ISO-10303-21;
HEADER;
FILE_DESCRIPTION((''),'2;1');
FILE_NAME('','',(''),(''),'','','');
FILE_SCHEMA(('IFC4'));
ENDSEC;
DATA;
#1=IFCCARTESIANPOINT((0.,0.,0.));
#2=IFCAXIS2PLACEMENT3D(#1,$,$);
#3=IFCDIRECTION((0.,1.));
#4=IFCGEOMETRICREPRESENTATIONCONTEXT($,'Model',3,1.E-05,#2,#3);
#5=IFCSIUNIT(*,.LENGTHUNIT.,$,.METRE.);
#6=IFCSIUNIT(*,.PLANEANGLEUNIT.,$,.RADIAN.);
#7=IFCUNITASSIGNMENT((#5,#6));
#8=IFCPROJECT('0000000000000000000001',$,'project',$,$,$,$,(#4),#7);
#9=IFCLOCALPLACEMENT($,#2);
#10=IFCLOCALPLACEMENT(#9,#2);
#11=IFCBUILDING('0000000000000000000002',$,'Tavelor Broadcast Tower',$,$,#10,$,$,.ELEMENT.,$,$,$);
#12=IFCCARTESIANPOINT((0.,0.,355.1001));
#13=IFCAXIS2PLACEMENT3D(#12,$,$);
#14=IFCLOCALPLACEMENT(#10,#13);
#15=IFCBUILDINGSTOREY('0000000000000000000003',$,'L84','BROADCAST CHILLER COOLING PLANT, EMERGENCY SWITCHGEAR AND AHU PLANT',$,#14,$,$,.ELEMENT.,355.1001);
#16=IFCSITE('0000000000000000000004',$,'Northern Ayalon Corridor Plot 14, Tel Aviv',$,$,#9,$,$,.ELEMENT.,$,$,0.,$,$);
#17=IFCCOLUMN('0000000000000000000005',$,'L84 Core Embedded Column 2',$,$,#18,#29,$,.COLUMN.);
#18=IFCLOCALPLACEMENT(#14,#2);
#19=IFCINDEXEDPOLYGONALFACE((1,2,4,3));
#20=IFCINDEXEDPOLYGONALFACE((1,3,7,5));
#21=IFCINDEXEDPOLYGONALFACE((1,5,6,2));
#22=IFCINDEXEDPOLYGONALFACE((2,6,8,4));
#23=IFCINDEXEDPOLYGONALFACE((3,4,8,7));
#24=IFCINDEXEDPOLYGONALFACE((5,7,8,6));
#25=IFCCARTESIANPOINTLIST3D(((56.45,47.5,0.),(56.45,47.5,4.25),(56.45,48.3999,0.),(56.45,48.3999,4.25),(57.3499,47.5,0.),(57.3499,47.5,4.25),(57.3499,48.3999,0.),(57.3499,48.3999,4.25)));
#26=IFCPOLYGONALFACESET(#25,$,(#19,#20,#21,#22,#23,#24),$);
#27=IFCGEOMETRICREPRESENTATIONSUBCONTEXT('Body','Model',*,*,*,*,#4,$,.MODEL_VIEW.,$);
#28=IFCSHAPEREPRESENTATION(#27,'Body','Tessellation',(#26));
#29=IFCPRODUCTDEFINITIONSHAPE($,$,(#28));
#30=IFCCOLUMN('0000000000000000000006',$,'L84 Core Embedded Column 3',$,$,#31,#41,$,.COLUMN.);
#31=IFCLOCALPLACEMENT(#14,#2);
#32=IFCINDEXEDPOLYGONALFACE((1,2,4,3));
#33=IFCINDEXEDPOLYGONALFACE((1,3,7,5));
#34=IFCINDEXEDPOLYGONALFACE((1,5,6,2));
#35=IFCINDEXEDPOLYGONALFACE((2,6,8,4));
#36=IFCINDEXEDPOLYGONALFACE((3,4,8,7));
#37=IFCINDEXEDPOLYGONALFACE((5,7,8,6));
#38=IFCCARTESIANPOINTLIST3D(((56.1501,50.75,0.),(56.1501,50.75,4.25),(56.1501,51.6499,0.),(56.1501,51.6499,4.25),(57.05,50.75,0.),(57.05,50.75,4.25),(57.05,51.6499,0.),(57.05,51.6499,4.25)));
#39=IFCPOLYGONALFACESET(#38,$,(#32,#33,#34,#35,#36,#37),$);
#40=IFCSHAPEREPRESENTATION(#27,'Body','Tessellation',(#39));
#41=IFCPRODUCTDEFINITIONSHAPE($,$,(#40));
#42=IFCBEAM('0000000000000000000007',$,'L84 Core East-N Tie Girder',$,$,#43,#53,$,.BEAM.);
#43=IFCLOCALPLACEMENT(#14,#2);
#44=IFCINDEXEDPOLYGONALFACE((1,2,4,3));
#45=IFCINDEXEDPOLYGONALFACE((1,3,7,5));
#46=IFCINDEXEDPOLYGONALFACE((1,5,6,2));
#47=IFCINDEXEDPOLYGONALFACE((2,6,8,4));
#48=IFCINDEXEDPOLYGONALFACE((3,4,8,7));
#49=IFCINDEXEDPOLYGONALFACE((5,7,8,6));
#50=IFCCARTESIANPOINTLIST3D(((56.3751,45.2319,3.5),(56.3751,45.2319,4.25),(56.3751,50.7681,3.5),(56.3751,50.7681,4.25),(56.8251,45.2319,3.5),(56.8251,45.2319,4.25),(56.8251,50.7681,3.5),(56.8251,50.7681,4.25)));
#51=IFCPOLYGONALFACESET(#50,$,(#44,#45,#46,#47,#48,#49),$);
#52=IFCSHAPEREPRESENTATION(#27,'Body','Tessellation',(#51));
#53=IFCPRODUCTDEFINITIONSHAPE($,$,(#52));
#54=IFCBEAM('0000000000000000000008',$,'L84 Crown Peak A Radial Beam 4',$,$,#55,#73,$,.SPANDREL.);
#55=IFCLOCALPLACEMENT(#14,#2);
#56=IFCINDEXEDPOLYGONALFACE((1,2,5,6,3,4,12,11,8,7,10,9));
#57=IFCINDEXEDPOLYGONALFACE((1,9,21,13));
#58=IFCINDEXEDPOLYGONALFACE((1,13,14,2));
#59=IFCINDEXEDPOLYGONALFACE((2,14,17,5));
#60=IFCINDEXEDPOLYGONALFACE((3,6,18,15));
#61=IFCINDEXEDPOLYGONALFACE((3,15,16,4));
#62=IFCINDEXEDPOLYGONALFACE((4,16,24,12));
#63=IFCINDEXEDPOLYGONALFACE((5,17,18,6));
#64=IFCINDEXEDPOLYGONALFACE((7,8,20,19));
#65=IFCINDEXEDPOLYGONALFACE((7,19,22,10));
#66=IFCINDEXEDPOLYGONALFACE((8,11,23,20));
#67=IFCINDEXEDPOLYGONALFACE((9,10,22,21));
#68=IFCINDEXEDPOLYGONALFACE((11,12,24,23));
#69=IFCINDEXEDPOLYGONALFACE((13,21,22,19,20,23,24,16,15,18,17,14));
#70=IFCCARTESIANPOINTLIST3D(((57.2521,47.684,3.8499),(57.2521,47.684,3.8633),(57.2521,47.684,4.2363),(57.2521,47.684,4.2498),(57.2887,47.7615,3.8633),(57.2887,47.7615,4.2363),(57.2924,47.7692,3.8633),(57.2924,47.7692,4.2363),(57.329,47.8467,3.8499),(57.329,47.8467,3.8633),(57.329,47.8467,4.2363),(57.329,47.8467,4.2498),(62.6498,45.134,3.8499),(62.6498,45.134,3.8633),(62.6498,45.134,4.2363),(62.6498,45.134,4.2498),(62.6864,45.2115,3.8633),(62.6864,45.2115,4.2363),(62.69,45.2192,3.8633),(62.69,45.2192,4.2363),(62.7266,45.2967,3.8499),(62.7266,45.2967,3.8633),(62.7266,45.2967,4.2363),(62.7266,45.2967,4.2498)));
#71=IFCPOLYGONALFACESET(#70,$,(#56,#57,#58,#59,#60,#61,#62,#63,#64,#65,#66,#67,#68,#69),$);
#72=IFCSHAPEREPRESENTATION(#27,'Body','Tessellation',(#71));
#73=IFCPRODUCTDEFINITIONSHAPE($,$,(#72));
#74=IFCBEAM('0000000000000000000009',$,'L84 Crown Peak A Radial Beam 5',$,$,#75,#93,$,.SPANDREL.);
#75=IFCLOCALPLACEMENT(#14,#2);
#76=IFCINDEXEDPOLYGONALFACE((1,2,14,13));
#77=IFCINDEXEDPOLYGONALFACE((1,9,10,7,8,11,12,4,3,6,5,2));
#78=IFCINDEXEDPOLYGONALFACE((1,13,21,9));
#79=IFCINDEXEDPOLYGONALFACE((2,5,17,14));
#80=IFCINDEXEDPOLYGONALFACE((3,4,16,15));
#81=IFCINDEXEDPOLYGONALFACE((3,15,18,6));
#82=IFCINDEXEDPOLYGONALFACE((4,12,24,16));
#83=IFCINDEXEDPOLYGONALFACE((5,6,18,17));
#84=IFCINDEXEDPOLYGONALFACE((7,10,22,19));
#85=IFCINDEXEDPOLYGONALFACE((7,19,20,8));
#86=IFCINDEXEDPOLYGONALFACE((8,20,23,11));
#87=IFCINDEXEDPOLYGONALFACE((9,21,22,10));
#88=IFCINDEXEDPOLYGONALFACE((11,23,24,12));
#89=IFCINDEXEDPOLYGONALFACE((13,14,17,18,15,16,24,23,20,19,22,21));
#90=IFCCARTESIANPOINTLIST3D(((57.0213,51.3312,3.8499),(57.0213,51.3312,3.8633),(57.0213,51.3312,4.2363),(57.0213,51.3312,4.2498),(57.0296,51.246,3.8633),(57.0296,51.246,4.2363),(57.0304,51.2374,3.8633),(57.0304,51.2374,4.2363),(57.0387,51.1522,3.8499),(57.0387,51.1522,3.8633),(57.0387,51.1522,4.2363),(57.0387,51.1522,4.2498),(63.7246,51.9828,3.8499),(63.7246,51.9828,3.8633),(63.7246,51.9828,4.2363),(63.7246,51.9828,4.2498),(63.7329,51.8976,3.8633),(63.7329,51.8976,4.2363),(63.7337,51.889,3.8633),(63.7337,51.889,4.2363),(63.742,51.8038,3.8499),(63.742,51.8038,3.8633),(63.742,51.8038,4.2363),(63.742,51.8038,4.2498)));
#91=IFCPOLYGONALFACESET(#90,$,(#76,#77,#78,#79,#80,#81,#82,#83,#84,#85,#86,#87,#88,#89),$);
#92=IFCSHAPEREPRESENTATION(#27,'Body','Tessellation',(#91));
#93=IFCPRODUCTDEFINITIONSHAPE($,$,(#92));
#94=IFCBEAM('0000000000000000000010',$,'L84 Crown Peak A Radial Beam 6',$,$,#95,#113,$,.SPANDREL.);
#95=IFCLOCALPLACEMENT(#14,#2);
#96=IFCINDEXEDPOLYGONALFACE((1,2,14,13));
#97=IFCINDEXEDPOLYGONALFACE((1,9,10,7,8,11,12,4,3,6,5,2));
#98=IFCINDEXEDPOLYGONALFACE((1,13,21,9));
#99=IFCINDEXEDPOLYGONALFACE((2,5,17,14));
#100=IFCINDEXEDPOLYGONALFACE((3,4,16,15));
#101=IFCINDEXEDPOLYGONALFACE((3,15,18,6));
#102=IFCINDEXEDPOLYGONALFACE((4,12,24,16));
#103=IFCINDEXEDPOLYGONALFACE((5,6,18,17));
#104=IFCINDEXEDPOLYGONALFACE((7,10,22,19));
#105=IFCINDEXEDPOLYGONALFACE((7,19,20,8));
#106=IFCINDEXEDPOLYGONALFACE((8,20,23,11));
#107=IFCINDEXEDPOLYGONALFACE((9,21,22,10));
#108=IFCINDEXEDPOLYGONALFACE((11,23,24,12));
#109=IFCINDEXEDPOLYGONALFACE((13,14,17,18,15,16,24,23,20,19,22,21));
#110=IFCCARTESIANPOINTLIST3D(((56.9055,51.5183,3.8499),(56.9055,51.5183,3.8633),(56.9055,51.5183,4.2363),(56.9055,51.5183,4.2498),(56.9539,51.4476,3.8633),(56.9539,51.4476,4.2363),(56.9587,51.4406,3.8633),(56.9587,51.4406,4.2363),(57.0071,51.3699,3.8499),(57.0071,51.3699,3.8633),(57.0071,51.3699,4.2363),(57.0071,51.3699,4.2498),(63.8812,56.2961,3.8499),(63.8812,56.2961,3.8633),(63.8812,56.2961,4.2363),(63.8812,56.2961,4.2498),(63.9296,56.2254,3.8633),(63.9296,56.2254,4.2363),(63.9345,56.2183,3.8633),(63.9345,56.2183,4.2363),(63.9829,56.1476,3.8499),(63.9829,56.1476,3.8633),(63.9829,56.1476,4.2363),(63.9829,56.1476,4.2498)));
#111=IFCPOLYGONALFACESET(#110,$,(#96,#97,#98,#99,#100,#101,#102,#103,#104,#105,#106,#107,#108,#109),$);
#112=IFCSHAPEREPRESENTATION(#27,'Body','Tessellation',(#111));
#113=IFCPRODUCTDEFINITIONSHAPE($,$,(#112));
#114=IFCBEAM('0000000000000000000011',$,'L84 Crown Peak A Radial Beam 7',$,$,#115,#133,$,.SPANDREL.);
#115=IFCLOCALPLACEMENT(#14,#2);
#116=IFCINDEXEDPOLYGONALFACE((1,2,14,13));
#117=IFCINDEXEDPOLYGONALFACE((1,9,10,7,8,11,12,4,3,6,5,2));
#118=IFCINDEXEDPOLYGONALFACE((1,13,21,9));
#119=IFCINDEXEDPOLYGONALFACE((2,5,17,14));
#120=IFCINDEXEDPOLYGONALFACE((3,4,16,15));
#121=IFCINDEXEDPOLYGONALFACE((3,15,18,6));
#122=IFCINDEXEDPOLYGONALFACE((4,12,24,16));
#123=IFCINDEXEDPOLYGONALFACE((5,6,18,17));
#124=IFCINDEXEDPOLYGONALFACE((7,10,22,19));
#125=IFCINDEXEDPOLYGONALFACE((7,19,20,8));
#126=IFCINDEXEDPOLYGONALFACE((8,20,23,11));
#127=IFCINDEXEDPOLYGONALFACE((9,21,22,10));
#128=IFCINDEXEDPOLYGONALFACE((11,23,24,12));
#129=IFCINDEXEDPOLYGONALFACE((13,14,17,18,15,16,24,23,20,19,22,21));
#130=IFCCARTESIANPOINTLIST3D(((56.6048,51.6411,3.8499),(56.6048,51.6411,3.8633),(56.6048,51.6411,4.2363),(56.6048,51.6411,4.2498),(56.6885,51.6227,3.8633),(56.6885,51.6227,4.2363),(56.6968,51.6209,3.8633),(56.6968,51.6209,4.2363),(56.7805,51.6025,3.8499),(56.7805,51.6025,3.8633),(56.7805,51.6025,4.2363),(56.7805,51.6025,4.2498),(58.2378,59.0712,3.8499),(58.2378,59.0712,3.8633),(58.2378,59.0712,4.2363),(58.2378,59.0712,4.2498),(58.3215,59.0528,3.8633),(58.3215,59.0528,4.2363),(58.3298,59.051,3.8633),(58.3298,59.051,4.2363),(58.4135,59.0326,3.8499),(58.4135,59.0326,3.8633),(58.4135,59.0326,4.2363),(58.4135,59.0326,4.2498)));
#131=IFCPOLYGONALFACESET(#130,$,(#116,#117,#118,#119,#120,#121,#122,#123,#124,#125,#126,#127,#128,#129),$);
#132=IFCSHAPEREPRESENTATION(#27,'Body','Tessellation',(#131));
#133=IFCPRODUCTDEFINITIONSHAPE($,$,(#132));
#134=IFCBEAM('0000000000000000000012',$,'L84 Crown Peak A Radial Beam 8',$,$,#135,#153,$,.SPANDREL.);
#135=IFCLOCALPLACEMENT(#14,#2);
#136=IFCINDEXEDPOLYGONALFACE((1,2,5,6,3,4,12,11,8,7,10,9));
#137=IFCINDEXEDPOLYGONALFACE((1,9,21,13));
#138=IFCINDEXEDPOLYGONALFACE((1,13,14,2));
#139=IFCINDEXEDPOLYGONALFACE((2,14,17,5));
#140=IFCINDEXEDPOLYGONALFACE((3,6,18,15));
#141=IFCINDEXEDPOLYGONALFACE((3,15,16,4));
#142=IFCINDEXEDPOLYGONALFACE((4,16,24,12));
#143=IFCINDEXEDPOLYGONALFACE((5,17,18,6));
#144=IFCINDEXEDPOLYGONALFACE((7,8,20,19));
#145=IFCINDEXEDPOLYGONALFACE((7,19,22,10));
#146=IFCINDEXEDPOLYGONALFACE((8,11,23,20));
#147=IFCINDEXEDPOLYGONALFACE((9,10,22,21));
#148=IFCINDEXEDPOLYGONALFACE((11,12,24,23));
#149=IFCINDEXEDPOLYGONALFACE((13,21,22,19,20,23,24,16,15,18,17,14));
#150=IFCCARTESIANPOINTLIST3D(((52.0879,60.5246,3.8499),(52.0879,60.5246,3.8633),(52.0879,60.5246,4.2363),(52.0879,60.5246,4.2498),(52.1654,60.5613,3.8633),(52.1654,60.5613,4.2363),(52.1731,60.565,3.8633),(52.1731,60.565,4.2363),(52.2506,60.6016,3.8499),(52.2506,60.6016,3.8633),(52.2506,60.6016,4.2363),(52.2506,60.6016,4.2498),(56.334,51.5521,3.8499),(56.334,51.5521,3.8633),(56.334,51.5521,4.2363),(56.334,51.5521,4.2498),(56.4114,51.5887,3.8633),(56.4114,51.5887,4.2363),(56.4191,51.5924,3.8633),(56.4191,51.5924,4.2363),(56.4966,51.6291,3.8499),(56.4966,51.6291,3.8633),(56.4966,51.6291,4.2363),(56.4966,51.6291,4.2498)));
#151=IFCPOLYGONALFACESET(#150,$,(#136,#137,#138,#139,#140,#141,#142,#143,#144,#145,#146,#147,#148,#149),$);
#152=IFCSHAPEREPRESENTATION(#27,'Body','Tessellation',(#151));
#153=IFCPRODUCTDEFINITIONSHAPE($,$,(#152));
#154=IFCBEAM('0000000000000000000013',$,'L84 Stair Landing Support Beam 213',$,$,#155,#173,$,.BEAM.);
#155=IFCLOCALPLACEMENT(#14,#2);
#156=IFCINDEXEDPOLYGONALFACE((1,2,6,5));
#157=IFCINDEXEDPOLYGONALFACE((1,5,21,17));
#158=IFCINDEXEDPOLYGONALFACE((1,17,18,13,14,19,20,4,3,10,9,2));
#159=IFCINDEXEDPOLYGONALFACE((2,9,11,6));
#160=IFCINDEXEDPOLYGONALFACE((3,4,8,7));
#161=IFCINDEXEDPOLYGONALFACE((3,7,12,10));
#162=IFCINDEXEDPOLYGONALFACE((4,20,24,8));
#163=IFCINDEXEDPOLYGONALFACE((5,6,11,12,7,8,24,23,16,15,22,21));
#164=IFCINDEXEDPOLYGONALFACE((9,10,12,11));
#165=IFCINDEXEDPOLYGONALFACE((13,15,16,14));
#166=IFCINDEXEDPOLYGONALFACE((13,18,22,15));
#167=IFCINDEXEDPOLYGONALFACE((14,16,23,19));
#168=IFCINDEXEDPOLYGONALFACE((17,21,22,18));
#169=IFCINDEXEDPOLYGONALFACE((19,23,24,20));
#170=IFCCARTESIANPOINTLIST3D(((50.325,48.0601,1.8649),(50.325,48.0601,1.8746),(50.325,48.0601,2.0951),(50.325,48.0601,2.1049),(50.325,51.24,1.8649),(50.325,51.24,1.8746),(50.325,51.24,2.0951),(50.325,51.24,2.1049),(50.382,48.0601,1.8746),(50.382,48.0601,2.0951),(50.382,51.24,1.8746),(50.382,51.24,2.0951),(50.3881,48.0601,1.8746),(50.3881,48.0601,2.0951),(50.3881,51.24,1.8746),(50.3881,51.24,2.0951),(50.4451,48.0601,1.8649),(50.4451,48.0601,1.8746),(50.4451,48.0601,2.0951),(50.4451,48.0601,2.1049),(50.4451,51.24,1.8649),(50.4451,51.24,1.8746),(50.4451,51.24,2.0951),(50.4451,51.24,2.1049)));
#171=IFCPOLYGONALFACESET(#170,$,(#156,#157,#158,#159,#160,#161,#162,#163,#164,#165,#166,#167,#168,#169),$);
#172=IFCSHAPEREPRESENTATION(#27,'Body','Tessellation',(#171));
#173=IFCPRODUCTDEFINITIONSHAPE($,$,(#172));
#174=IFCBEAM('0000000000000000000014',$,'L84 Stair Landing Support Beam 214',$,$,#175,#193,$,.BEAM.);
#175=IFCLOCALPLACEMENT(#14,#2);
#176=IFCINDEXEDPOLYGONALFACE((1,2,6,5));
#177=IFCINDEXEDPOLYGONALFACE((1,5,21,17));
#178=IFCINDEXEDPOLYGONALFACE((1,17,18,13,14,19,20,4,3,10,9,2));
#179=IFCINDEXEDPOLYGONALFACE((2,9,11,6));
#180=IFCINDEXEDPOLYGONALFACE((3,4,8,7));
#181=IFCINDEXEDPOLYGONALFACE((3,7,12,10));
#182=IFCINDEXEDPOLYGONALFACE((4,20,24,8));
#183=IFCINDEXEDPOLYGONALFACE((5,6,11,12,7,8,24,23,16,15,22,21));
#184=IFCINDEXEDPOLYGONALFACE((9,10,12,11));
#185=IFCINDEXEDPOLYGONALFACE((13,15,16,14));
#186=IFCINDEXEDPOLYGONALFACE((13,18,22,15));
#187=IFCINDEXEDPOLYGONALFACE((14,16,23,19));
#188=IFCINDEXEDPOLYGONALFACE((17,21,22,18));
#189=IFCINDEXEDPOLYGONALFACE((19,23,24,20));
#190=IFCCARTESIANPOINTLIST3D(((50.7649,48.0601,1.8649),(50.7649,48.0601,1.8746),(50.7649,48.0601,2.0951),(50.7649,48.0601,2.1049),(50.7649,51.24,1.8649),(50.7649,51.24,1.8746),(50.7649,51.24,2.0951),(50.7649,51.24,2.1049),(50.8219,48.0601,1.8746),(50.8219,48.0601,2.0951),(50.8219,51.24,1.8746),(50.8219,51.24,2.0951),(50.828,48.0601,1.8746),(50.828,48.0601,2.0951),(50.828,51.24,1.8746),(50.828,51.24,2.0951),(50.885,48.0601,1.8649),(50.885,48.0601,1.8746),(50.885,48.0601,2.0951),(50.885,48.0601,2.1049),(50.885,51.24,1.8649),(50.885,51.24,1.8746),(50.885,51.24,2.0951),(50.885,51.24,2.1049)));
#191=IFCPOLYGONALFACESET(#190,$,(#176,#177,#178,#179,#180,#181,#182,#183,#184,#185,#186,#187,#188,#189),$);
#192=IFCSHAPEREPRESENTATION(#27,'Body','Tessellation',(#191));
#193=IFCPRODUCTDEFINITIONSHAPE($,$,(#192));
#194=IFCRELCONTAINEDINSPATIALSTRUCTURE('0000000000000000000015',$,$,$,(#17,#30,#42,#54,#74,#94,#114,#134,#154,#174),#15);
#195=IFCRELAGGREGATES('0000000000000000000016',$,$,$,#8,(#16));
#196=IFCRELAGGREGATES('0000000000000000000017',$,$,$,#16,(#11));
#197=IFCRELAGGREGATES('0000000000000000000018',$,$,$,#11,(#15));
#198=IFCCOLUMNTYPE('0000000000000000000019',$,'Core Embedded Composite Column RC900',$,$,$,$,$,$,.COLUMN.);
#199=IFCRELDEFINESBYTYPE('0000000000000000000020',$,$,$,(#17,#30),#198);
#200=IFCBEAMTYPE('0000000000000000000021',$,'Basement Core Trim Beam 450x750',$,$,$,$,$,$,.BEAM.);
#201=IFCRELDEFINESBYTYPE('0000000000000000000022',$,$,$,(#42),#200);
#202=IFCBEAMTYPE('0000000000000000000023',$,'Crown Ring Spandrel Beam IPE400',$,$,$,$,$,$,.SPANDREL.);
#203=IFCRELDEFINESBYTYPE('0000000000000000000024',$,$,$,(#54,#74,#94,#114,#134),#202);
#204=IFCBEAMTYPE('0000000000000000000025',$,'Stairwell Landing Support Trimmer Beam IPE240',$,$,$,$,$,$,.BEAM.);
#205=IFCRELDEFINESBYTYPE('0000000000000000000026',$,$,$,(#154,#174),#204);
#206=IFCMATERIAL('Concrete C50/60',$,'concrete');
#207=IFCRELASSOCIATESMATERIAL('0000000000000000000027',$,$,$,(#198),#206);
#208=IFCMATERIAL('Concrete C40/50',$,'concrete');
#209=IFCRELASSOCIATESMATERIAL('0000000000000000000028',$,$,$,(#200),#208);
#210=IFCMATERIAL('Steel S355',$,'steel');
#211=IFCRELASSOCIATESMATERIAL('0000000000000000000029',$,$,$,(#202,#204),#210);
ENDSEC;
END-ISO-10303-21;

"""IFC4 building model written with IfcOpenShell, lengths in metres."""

from ifc_helpers import new_model, si_unit, direction, frame, origin, origin_2d, place, context, subcontext, project, spatial, rectangle, i_section, extrude, material, material_profile, profile_set, type_object, element, save


model = new_model("IFC4")

# Units and contexts
model_context = context("Model", 3, precision=1e-05, world=origin(), true_north=direction((0.0, 1.0)))
body_context = subcontext(model_context, "Body", "Model", "MODEL_VIEW")
ifc_project = project(units=[si_unit("LENGTHUNIT", "METRE"), si_unit("PLANEANGLEUNIT", "RADIAN")], contexts=[model_context])

# Site, building, storey
site_placement = place(None, origin())
site = spatial("IfcSite", under=ifc_project, at=site_placement, Name="Northern Ayalon Corridor Plot 14, Tel Aviv", CompositionType="ELEMENT", RefElevation=0.0)
building_placement = place(site_placement, origin())
building = spatial("IfcBuilding", under=site, at=building_placement, Name="Tavelor Broadcast Tower", CompositionType="ELEMENT")
storey_placement = place(building_placement, frame((0.0, 0.0, 355.1001)))
storey = spatial("IfcBuildingStorey", under=building, at=storey_placement, Name="L84", Description="BROADCAST CHILLER COOLING PLANT, EMERGENCY SWITCHGEAR AND AHU PLANT", CompositionType="ELEMENT", Elevation=355.1001)

# Columns
ifc_material_1 = material(Name="Concrete C50/60", Category="concrete")
ifc_material_profile_1 = material_profile(ifc_material_1, rectangle(XDim=0.8999, YDim=0.8999, at=origin_2d()), Name="RC 900x900")
ifc_profile_set_1 = profile_set([ifc_material_profile_1], Name="Concrete C50/60")
column_type = type_object("IfcColumnType", Name="Core Embedded Composite Column RC900", PredefinedType="COLUMN", material=ifc_profile_set_1)
for number, where, z_axis, x_axis, name in (
    (1, (56.8999, 47.95, 0.0), (0.0, 0.0, 1.0), (1.0, 0.0, 0.0), "L84 Core Embedded Column 2"),
    (2, (56.6001, 51.2, 0.0), (0.0, 0.0, 1.0), (1.0, 0.0, 0.0), "L84 Core Embedded Column 3"),
):
    element("IfcColumn", number, at=place(storey_placement, frame(where, z_axis=z_axis, x_axis=x_axis)), inside=storey, type_object=column_type, Name=name, PredefinedType="COLUMN", context=body_context, shape_type="SweptSolid", body=[
        extrude(rectangle(XDim=0.8999, YDim=0.8999, at=origin_2d()), origin(), (0.0, 0.0, 1.0), 4.25),
    ])

# Beams
ifc_material_2 = material(Name="Concrete C40/50", Category="concrete")
ifc_material_profile_2 = material_profile(ifc_material_2, rectangle(XDim=0.45, YDim=0.75, at=origin_2d()), Name="RC 450x750")
ifc_profile_set_2 = profile_set([ifc_material_profile_2], Name="Concrete C40/50")
beam_type_1 = type_object("IfcBeamType", Name="Basement Core Trim Beam 450x750", PredefinedType="BEAM", material=ifc_profile_set_2)
beam_1_placement = place(storey_placement, frame((56.6001, 45.2319, 3.875), z_axis=(0.0, 1.0, 0.0), x_axis=(-1.0, 0.0, 0.0)))
element("IfcBeam", 3, at=beam_1_placement, inside=storey, type_object=beam_type_1, Name="L84 Core East-N Tie Girder", PredefinedType="BEAM", context=body_context, shape_type="SweptSolid", body=[
    extrude(rectangle(XDim=0.45, YDim=0.75, at=origin_2d()), origin(), (0.0, 0.0, 1.0), 5.5361),
])
ifc_material_3 = material(Name="Steel S355", Category="steel")
ifc_material_profile_3 = material_profile(ifc_material_3, i_section(OverallWidth=0.1799, OverallDepth=0.3999, WebThickness=0.0085, FlangeThickness=0.0134, at=origin_2d()), Name="IPE 400")
ifc_profile_set_3 = profile_set([ifc_material_profile_3], Name="Steel S355")
beam_type_2 = type_object("IfcBeamType", Name="Crown Ring Spandrel Beam IPE400", PredefinedType="SPANDREL", material=ifc_profile_set_3)
beam_2_placement = place(storey_placement, frame((57.2905, 47.7654, 4.0498), z_axis=(0.904175, -0.427161, 0.0), x_axis=(0.427161, 0.904175, 0.0)))
element("IfcBeam", 4, at=beam_2_placement, inside=storey, type_object=beam_type_2, Name="L84 Crown Peak A Radial Beam 4", PredefinedType="SPANDREL", context=body_context, shape_type="SweptSolid", body=[
    extrude(i_section(OverallWidth=0.1799, OverallDepth=0.3999, WebThickness=0.0085, FlangeThickness=0.0134, at=origin_2d()), origin(), (0.0, 0.0, 1.0), 5.9697),
])
beam_3_placement = place(storey_placement, frame((57.03, 51.2417, 4.0498), z_axis=(0.995309, 0.096751, 0.0), x_axis=(-0.096751, 0.995309, 0.0)))
element("IfcBeam", 5, at=beam_3_placement, inside=storey, type_object=beam_type_2, Name="L84 Crown Peak A Radial Beam 5", PredefinedType="SPANDREL", context=body_context, shape_type="SweptSolid", body=[
    extrude(i_section(OverallWidth=0.1799, OverallDepth=0.3999, WebThickness=0.0085, FlangeThickness=0.0134, at=origin_2d()), origin(), (0.0, 0.0, 1.0), 6.7349),
])
beam_4_placement = place(storey_placement, frame((56.9563, 51.4441, 4.0498), z_axis=(0.825037, 0.565078, 0.0), x_axis=(-0.565078, 0.825037, 0.0)))
element("IfcBeam", 6, at=beam_4_placement, inside=storey, type_object=beam_type_2, Name="L84 Crown Peak A Radial Beam 6", PredefinedType="SPANDREL", context=body_context, shape_type="SweptSolid", body=[
    extrude(i_section(OverallWidth=0.1799, OverallDepth=0.3999, WebThickness=0.0085, FlangeThickness=0.0134, at=origin_2d()), origin(), (0.0, 0.0, 1.0), 8.4551),
])
beam_5_placement = place(storey_placement, frame((56.6926, 51.6218, 4.0498), z_axis=(0.214663, 0.976688, 0.0), x_axis=(-0.976688, 0.214663, 0.0)))
element("IfcBeam", 7, at=beam_5_placement, inside=storey, type_object=beam_type_2, Name="L84 Crown Peak A Radial Beam 7", PredefinedType="SPANDREL", context=body_context, shape_type="SweptSolid", body=[
    extrude(i_section(OverallWidth=0.1799, OverallDepth=0.3999, WebThickness=0.0085, FlangeThickness=0.0134, at=origin_2d()), origin(), (0.0, 0.0, 1.0), 7.6074),
])
beam_6_placement = place(storey_placement, frame((56.4153, 51.5906, 4.0498), z_axis=(-0.427748, 0.903898, 0.0), x_axis=(-0.903898, -0.427748, 0.0)))
element("IfcBeam", 8, at=beam_6_placement, inside=storey, type_object=beam_type_2, Name="L84 Crown Peak A Radial Beam 8", PredefinedType="SPANDREL", context=body_context, shape_type="SweptSolid", body=[
    extrude(i_section(OverallWidth=0.1799, OverallDepth=0.3999, WebThickness=0.0085, FlangeThickness=0.0134, at=origin_2d()), origin(), (0.0, 0.0, 1.0), 9.9265),
])
ifc_material_profile_4 = material_profile(ifc_material_3, i_section(OverallWidth=0.1201, OverallDepth=0.24, WebThickness=0.0061, FlangeThickness=0.0098, at=origin_2d()), Name="IPE 240")
ifc_profile_set_4 = profile_set([ifc_material_profile_4], Name="Steel S355")
beam_type_3 = type_object("IfcBeamType", Name="Stairwell Landing Support Trimmer Beam IPE240", PredefinedType="BEAM", material=ifc_profile_set_4)
for number, where, z_axis, x_axis, name in (
    (9, (50.385, 48.0601, 1.9849), (0.0, 1.0, 0.0), (-1.0, 0.0, 0.0), "L84 Stair Landing Support Beam 213"),
    (10, (50.825, 48.0601, 1.9849), (0.0, 1.0, 0.0), (-1.0, 0.0, 0.0), "L84 Stair Landing Support Beam 214"),
):
    element("IfcBeam", number, at=place(storey_placement, frame(where, z_axis=z_axis, x_axis=x_axis)), inside=storey, type_object=beam_type_3, Name=name, PredefinedType="BEAM", context=body_context, shape_type="SweptSolid", body=[
        extrude(i_section(OverallWidth=0.1201, OverallDepth=0.24, WebThickness=0.0061, FlangeThickness=0.0098, at=origin_2d()), origin(), (0.0, 0.0, 1.0), 3.1799),
    ])

save(model, "model.ifc")
